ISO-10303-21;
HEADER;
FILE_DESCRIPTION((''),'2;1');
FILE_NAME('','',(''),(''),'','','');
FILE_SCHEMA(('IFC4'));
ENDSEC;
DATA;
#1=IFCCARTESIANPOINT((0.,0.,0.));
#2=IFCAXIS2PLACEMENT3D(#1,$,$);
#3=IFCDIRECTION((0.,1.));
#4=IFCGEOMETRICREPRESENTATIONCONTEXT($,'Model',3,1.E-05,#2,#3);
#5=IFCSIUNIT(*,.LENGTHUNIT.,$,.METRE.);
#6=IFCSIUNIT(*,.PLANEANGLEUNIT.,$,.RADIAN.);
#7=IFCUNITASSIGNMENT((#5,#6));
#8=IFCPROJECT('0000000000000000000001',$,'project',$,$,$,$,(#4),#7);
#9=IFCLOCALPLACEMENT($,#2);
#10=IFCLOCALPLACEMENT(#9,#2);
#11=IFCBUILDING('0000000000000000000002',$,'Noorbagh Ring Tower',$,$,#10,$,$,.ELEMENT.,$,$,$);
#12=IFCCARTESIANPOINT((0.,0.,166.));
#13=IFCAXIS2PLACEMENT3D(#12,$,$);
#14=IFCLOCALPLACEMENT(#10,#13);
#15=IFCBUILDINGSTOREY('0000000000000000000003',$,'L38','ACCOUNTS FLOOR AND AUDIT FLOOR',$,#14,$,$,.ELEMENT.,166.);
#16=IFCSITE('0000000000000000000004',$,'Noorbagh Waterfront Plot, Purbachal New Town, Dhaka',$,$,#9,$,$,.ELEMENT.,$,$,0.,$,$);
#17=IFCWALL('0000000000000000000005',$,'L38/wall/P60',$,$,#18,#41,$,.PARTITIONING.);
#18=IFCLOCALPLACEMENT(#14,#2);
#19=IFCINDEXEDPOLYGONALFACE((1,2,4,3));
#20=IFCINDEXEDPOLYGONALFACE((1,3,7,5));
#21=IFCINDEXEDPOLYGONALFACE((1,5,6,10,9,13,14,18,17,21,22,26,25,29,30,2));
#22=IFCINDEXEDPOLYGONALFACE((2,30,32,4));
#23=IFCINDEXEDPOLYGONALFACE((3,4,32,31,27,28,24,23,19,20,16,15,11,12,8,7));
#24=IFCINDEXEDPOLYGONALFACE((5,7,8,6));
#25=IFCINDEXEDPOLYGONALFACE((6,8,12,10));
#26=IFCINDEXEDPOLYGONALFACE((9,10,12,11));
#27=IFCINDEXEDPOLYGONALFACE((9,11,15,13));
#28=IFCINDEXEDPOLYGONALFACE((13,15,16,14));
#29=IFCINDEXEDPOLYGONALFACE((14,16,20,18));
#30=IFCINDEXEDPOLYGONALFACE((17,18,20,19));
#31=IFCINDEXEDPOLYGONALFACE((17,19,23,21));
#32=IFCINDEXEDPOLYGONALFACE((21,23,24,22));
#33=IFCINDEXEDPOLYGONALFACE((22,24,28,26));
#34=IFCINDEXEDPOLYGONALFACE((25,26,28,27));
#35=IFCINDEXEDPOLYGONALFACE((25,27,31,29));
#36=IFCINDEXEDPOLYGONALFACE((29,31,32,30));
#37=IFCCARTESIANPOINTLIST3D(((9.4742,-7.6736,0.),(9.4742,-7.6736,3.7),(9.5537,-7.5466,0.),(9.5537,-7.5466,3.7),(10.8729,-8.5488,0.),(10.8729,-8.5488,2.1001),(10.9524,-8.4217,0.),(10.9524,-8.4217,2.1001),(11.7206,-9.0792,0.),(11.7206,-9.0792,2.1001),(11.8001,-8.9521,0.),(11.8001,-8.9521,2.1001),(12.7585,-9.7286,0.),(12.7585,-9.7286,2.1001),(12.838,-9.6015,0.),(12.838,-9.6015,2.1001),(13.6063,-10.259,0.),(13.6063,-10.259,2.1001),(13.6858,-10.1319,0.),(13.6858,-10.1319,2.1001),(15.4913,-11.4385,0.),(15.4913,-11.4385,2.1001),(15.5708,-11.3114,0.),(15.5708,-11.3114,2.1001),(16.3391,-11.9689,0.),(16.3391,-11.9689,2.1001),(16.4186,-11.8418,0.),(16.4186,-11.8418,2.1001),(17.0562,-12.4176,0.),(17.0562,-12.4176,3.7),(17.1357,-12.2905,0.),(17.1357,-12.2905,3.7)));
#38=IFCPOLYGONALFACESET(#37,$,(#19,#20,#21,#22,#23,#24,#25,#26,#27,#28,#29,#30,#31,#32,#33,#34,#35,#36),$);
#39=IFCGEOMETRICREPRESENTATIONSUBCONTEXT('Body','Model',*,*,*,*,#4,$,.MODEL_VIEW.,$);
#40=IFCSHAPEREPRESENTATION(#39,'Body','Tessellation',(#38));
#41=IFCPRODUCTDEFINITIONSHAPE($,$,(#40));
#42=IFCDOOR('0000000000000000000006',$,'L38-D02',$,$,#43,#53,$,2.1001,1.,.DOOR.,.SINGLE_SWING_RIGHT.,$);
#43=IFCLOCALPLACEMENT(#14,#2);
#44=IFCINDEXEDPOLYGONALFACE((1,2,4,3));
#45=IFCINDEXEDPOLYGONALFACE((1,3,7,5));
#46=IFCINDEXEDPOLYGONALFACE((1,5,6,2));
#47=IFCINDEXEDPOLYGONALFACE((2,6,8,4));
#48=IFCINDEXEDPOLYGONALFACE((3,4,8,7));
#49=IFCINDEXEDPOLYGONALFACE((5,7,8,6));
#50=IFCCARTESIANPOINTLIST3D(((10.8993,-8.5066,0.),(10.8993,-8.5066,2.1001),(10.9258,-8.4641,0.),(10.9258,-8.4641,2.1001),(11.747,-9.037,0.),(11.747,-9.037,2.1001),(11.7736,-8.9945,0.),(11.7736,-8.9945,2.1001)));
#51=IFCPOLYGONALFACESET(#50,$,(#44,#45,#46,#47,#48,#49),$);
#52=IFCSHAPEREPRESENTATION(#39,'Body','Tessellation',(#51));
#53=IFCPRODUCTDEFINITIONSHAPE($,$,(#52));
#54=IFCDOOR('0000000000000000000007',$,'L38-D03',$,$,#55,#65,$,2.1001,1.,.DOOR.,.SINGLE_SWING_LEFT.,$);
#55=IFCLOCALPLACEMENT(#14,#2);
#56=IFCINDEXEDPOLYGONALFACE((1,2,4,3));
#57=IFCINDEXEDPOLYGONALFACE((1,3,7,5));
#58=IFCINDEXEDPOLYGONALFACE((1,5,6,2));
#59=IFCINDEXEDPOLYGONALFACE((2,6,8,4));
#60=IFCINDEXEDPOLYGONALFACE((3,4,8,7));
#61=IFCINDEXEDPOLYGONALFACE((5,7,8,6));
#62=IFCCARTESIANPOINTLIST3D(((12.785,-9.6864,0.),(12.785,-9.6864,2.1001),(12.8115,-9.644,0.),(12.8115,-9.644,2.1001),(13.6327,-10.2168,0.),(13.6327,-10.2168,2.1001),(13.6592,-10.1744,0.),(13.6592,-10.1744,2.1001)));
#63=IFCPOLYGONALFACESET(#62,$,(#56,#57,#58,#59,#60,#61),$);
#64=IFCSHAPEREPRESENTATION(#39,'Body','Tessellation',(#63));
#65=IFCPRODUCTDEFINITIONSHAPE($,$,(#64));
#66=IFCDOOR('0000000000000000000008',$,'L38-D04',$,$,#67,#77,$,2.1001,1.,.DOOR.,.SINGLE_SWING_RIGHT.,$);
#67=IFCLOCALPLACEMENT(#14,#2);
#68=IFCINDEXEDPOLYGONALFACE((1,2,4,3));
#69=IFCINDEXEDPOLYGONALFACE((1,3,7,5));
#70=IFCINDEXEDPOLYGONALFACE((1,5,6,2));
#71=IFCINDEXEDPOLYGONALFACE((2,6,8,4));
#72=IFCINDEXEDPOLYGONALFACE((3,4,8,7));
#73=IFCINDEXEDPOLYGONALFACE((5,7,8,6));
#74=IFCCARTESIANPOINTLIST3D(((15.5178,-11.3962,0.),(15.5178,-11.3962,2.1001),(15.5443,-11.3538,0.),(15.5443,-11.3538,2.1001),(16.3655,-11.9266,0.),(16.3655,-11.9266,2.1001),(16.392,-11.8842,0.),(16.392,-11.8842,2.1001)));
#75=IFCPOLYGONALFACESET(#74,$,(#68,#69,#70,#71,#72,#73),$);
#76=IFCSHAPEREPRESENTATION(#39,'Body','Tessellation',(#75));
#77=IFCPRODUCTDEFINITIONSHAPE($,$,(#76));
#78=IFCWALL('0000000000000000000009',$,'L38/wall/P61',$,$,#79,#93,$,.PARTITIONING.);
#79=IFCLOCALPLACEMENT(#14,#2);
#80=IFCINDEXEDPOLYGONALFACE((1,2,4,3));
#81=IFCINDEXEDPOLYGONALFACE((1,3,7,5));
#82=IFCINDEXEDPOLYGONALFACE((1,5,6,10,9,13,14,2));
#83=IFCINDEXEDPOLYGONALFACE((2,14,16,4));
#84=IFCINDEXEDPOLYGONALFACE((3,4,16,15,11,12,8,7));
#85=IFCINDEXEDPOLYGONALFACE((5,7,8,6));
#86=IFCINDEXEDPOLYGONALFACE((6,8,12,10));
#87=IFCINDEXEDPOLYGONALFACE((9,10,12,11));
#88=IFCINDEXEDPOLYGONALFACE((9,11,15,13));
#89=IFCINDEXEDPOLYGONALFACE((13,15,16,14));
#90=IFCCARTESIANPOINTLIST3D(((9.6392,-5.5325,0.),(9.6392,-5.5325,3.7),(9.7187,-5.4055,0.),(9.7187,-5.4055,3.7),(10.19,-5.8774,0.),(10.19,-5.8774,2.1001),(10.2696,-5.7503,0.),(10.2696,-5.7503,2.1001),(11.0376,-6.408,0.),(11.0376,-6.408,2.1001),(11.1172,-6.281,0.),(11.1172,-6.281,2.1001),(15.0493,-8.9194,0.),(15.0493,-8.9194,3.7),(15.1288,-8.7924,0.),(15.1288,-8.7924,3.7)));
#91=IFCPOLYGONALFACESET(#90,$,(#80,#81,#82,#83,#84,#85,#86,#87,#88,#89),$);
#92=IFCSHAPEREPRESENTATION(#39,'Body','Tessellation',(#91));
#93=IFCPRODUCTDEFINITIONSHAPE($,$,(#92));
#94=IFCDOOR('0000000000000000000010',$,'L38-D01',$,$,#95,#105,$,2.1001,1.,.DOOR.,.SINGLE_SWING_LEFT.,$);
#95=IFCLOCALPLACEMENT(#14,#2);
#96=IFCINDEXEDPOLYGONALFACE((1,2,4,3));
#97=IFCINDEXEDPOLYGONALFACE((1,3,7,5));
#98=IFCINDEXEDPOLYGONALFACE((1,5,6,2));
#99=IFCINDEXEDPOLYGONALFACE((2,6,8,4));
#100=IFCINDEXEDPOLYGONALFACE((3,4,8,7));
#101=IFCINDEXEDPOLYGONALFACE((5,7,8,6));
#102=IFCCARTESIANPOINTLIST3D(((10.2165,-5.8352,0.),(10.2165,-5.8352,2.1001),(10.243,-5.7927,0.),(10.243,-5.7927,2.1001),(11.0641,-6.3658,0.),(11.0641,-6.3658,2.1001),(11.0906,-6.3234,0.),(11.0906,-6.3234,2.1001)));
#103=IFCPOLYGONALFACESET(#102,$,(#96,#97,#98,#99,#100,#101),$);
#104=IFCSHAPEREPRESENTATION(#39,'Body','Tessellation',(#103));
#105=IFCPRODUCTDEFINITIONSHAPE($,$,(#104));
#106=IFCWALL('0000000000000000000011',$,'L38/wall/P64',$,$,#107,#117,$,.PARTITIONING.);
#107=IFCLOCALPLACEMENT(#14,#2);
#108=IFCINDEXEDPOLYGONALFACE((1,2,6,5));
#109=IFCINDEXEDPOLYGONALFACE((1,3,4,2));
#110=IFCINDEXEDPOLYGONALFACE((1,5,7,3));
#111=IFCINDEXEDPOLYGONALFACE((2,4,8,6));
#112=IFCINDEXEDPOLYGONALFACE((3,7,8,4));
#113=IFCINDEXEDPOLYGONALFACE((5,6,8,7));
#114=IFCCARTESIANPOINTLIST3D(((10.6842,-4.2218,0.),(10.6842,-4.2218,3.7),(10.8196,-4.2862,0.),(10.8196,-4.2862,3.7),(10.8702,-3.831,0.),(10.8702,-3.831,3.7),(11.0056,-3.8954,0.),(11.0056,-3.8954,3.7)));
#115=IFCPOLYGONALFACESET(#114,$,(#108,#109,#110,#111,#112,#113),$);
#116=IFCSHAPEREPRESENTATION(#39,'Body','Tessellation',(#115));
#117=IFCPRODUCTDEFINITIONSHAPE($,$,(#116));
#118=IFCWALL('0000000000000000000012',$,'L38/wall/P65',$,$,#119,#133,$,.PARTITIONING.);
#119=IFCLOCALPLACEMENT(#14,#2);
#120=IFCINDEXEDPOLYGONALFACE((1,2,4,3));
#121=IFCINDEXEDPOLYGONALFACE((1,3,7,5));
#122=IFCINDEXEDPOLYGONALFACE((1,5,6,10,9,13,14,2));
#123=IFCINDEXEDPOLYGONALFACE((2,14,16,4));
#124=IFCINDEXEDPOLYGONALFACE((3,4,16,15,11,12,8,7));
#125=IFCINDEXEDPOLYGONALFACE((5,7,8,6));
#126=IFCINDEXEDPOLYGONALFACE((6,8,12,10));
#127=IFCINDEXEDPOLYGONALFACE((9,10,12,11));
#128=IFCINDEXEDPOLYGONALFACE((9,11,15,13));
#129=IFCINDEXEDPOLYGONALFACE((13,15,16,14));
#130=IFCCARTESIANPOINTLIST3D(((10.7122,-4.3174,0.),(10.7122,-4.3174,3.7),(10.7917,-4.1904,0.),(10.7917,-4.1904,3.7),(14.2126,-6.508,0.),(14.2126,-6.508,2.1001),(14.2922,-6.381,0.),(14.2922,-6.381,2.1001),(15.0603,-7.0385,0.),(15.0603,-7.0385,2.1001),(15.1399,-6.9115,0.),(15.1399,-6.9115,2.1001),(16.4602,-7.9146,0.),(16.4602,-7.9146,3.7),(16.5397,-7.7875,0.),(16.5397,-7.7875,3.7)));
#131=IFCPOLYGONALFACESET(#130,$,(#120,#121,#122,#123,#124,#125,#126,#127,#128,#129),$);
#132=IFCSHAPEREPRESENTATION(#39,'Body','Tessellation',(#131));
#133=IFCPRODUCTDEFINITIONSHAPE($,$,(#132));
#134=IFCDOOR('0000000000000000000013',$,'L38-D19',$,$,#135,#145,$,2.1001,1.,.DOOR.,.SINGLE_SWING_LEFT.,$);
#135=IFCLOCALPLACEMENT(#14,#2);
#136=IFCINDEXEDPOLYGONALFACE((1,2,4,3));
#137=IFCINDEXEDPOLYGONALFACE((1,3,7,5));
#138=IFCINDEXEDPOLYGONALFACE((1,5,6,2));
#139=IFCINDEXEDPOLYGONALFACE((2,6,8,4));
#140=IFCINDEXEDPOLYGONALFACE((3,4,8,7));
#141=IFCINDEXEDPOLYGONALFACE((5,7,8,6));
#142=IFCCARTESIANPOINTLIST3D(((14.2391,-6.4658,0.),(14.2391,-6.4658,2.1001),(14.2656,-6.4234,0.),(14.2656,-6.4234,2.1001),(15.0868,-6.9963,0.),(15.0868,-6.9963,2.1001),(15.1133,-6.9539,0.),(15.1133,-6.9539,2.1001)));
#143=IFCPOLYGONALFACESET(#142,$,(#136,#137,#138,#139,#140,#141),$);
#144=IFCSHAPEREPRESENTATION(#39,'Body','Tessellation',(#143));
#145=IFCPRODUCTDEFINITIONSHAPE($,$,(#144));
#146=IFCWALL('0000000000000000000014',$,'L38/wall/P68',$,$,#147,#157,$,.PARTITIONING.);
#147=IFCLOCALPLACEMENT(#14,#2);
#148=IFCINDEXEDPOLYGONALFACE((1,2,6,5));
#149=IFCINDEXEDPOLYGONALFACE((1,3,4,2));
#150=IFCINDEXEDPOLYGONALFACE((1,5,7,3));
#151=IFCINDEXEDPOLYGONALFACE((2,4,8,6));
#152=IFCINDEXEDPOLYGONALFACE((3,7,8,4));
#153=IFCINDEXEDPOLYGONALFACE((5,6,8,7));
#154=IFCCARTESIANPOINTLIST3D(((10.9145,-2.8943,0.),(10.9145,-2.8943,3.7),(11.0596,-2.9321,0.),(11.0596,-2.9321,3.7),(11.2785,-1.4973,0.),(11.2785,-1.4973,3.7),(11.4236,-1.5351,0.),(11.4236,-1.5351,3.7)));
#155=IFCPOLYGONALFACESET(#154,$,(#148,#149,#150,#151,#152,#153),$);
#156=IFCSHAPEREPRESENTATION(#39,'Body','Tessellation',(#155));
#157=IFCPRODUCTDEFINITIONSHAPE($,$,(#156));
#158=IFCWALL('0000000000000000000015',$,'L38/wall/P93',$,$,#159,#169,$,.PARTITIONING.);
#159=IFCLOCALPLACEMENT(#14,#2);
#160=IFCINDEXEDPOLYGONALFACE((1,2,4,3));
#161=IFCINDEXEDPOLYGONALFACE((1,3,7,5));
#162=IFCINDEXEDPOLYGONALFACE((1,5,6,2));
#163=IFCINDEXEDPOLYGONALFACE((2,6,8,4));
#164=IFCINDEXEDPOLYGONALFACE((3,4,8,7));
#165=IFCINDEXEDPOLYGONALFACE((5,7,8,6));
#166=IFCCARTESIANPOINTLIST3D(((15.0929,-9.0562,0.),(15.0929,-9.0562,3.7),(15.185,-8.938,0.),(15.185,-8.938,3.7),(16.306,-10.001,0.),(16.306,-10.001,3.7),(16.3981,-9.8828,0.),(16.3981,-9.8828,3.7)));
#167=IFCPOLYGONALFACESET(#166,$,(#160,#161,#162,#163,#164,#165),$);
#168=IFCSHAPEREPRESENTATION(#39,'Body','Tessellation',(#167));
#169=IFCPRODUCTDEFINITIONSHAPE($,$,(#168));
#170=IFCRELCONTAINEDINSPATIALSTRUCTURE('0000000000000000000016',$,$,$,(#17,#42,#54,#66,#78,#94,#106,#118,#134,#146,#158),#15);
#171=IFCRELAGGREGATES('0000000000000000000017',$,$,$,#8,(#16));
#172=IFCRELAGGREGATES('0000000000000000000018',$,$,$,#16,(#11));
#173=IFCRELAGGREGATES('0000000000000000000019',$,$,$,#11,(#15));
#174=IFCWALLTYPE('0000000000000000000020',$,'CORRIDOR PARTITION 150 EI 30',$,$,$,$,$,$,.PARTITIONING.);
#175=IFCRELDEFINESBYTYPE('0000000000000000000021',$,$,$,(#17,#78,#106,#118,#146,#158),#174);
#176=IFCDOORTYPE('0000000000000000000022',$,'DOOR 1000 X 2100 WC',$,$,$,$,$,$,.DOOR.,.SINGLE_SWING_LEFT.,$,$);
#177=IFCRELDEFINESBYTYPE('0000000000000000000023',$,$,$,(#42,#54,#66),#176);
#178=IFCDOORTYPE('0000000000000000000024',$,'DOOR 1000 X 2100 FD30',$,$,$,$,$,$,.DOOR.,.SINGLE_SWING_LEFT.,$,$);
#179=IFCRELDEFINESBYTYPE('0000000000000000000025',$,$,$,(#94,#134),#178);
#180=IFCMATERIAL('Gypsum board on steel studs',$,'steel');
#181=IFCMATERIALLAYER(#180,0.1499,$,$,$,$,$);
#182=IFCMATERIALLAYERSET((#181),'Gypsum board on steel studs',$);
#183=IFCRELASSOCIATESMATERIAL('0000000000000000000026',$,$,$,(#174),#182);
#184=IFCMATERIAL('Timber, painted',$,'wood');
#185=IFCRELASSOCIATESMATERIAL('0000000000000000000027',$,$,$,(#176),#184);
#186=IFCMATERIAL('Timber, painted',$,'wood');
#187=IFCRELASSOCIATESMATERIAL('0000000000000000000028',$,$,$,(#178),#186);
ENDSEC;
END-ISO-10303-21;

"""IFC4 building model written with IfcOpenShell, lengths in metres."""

from ifc_helpers import new_model, si_unit, direction, frame, frame_2d, origin, place, context, subcontext, project, spatial, rectangle, extrude, material, layer, layer_set, type_object, element, fill, save


model = new_model("IFC4")

# Units and contexts
model_context = context("Model", 3, precision=1e-05, world=origin(), true_north=direction((0.0, 1.0)))
body_context = subcontext(model_context, "Body", "Model", "MODEL_VIEW")
ifc_project = project(units=[si_unit("LENGTHUNIT", "METRE"), si_unit("PLANEANGLEUNIT", "RADIAN")], contexts=[model_context])

# Site, building, storey
site_placement = place(None, origin())
site = spatial("IfcSite", under=ifc_project, at=site_placement, Name="Noorbagh Waterfront Plot, Purbachal New Town, Dhaka", CompositionType="ELEMENT", RefElevation=0.0)
building_placement = place(site_placement, origin())
building = spatial("IfcBuilding", under=site, at=building_placement, Name="Noorbagh Ring Tower", CompositionType="ELEMENT")
storey_placement = place(building_placement, frame((0.0, 0.0, 166.0)))
storey = spatial("IfcBuildingStorey", under=building, at=storey_placement, Name="L38", Description="ACCOUNTS FLOOR AND AUDIT FLOOR", CompositionType="ELEMENT", Elevation=166.0)

# Shared definitions
ifc_material_1 = material(Name="Gypsum board on steel studs", Category="steel")
ifc_layer_1 = layer(ifc_material_1, 0.1499)
ifc_layer_set_1 = layer_set([ifc_layer_1], Name="Gypsum board on steel studs")
wall_type_1 = type_object("IfcWallType", Name="CORRIDOR PARTITION 150 EI 30", PredefinedType="PARTITIONING", material=ifc_layer_set_1)

# Wall, openings, doors
wall_1_placement = place(storey_placement, frame((9.5139, -7.6101, 0.0), z_axis=(0.0, 0.0, 1.0), x_axis=(0.847741, -0.530411, 0.0)))
wall_1 = element("IfcWall", 1, at=wall_1_placement, inside=storey, type_object=wall_type_1, Name="L38/wall/P60", PredefinedType="PARTITIONING", context=body_context, shape_type="SweptSolid", body=[
    extrude(rectangle(XDim=8.9438, YDim=0.1499, at=frame_2d((4.4719, 0.0))), origin(), (0.0, 0.0, 1.0), 3.7),
])
opening_1_placement = place(wall_1_placement, frame((1.6499, 0.0, 0.0)))
opening_1 = element("IfcOpeningElement", 2, at=opening_1_placement, cuts=wall_1, PredefinedType="OPENING", context=body_context, shape_type="SweptSolid", body=[
    extrude(rectangle(XDim=1.0, YDim=2.1001, at=frame_2d((0.5, 1.05))), frame((0.0, 0.085, 0.0), z_axis=(0.0, -1.0, 0.0), x_axis=(1.0, 0.0, 0.0)), (0.0, 0.0, 1.0), 0.1699),
])
opening_2_placement = place(wall_1_placement, frame((3.8743, 0.0, 0.0)))
opening_2 = element("IfcOpeningElement", 3, at=opening_2_placement, cuts=wall_1, PredefinedType="OPENING", context=body_context, shape_type="SweptSolid", body=[
    extrude(rectangle(XDim=1.0, YDim=2.1001, at=frame_2d((0.5, 1.05))), frame((0.0, 0.085, 0.0), z_axis=(0.0, -1.0, 0.0), x_axis=(1.0, 0.0, 0.0)), (0.0, 0.0, 1.0), 0.1699),
])
opening_3_placement = place(wall_1_placement, frame((7.0979, 0.0, 0.0)))
opening_3 = element("IfcOpeningElement", 4, at=opening_3_placement, cuts=wall_1, PredefinedType="OPENING", context=body_context, shape_type="SweptSolid", body=[
    extrude(rectangle(XDim=1.0, YDim=2.1001, at=frame_2d((0.5, 1.05))), frame((0.0, 0.085, 0.0), z_axis=(0.0, -1.0, 0.0), x_axis=(1.0, 0.0, 0.0)), (0.0, 0.0, 1.0), 0.1699),
])
ifc_material_2 = material(Name="Timber, painted", Category="wood")
door_type_1 = type_object("IfcDoorType", Name="DOOR 1000 X 2100 WC", OperationType="SINGLE_SWING_LEFT", PredefinedType="DOOR", material=ifc_material_2)
door_1_placement = place(opening_1_placement, origin())
door_1 = element("IfcDoor", 5, at=door_1_placement, inside=storey, type_object=door_type_1, Name="L38-D02", OperationType="SINGLE_SWING_RIGHT", OverallHeight=2.1001, OverallWidth=1.0, PredefinedType="DOOR", context=body_context, shape_type="SweptSolid", body=[
    extrude(rectangle(XDim=1.0, YDim=2.1001, at=frame_2d((0.5, 1.05))), frame((0.0, 0.0249, 0.0), z_axis=(0.0, -1.0, 0.0), x_axis=(1.0, 0.0, 0.0)), (0.0, 0.0, 1.0), 0.05),
])
fill(opening_1, door_1)
door_2_placement = place(opening_2_placement, origin())
door_2 = element("IfcDoor", 6, at=door_2_placement, inside=storey, type_object=door_type_1, Name="L38-D03", OperationType="SINGLE_SWING_LEFT", OverallHeight=2.1001, OverallWidth=1.0, PredefinedType="DOOR", context=body_context, shape_type="SweptSolid", body=[
    extrude(rectangle(XDim=1.0, YDim=2.1001, at=frame_2d((0.5, 1.05))), frame((0.0, 0.0249, 0.0), z_axis=(0.0, -1.0, 0.0), x_axis=(1.0, 0.0, 0.0)), (0.0, 0.0, 1.0), 0.05),
])
fill(opening_2, door_2)
door_3_placement = place(opening_3_placement, origin())
door_3 = element("IfcDoor", 7, at=door_3_placement, inside=storey, type_object=door_type_1, Name="L38-D04", OperationType="SINGLE_SWING_RIGHT", OverallHeight=2.1001, OverallWidth=1.0, PredefinedType="DOOR", context=body_context, shape_type="SweptSolid", body=[
    extrude(rectangle(XDim=1.0, YDim=2.1001, at=frame_2d((0.5, 1.05))), frame((0.0, 0.0249, 0.0), z_axis=(0.0, -1.0, 0.0), x_axis=(1.0, 0.0, 0.0)), (0.0, 0.0, 1.0), 0.05),
])
fill(opening_3, door_3)

# Wall, opening, door
wall_2_placement = place(storey_placement, frame((9.679, -5.469, 0.0), z_axis=(0.0, 0.0, 1.0), x_axis=(0.847603, -0.530631, 0.0)))
wall_2 = element("IfcWall", 8, at=wall_2_placement, inside=storey, type_object=wall_type_1, Name="L38/wall/P61", PredefinedType="PARTITIONING", context=body_context, shape_type="SweptSolid", body=[
    extrude(rectangle(XDim=6.3828, YDim=0.1499, at=frame_2d((3.1914, 0.0))), origin(), (0.0, 0.0, 1.0), 3.7),
])
opening_4_placement = place(wall_2_placement, frame((0.6499, 0.0, 0.0)))
opening_4 = element("IfcOpeningElement", 9, at=opening_4_placement, cuts=wall_2, PredefinedType="OPENING", context=body_context, shape_type="SweptSolid", body=[
    extrude(rectangle(XDim=1.0, YDim=2.1001, at=frame_2d((0.5, 1.05))), frame((0.0, 0.085, 0.0), z_axis=(0.0, -1.0, 0.0), x_axis=(1.0, 0.0, 0.0)), (0.0, 0.0, 1.0), 0.1699),
])
ifc_material_3 = material(Name="Timber, painted", Category="wood")
door_type_2 = type_object("IfcDoorType", Name="DOOR 1000 X 2100 FD30", OperationType="SINGLE_SWING_LEFT", PredefinedType="DOOR", material=ifc_material_3)
door_4_placement = place(opening_4_placement, origin())
door_4 = element("IfcDoor", 10, at=door_4_placement, inside=storey, type_object=door_type_2, Name="L38-D01", OperationType="SINGLE_SWING_LEFT", OverallHeight=2.1001, OverallWidth=1.0, PredefinedType="DOOR", context=body_context, shape_type="SweptSolid", body=[
    extrude(rectangle(XDim=1.0, YDim=2.1001, at=frame_2d((0.5, 1.05))), frame((0.0, 0.0249, 0.0), z_axis=(0.0, -1.0, 0.0), x_axis=(1.0, 0.0, 0.0)), (0.0, 0.0, 1.0), 0.05),
])
fill(opening_4, door_4)

# Wall
wall_3_placement = place(storey_placement, frame((10.752, -4.2539, 0.0), z_axis=(0.0, 0.0, 1.0), x_axis=(0.429758, 0.902944, 0.0)))
element("IfcWall", 11, at=wall_3_placement, inside=storey, type_object=wall_type_1, Name="L38/wall/P64", PredefinedType="PARTITIONING", context=body_context, shape_type="SweptSolid", body=[
    extrude(rectangle(XDim=0.4329, YDim=0.1499, at=frame_2d((0.2163, 0.0))), origin(), (0.0, 0.0, 1.0), 3.7),
])

# Wall, opening, door
wall_4_placement = place(storey_placement, frame((10.752, -4.2539, 0.0), z_axis=(0.0, 0.0, 1.0), x_axis=(0.847691, -0.530491, 0.0)))
wall_4 = element("IfcWall", 12, at=wall_4_placement, inside=storey, type_object=wall_type_1, Name="L38/wall/P65", PredefinedType="PARTITIONING", context=body_context, shape_type="SweptSolid", body=[
    extrude(rectangle(XDim=6.7808, YDim=0.1499, at=frame_2d((3.3904, 0.0))), origin(), (0.0, 0.0, 1.0), 3.7),
])
opening_5_placement = place(wall_4_placement, frame((4.1294, 0.0, 0.0)))
opening_5 = element("IfcOpeningElement", 13, at=opening_5_placement, cuts=wall_4, PredefinedType="OPENING", context=body_context, shape_type="SweptSolid", body=[
    extrude(rectangle(XDim=1.0, YDim=2.1001, at=frame_2d((0.5, 1.05))), frame((0.0, 0.085, 0.0), z_axis=(0.0, -1.0, 0.0), x_axis=(1.0, 0.0, 0.0)), (0.0, 0.0, 1.0), 0.1699),
])
door_5_placement = place(opening_5_placement, origin())
door_5 = element("IfcDoor", 14, at=door_5_placement, inside=storey, type_object=door_type_2, Name="L38-D19", OperationType="SINGLE_SWING_LEFT", OverallHeight=2.1001, OverallWidth=1.0, PredefinedType="DOOR", context=body_context, shape_type="SweptSolid", body=[
    extrude(rectangle(XDim=1.0, YDim=2.1001, at=frame_2d((0.5, 1.05))), frame((0.0, 0.0249, 0.0), z_axis=(0.0, -1.0, 0.0), x_axis=(1.0, 0.0, 0.0)), (0.0, 0.0, 1.0), 0.05),
])
fill(opening_5, door_5)

# Walls
wall_5_placement = place(storey_placement, frame((10.9871, -2.9131, 0.0), z_axis=(0.0, 0.0, 1.0), x_axis=(0.252153, 0.967687, 0.0)))
element("IfcWall", 15, at=wall_5_placement, inside=storey, type_object=wall_type_1, Name="L38/wall/P68", PredefinedType="PARTITIONING", context=body_context, shape_type="SweptSolid", body=[
    extrude(rectangle(XDim=1.4436, YDim=0.1499, at=frame_2d((0.7217, 0.0))), origin(), (0.0, 0.0, 1.0), 3.7),
])
wall_6_placement = place(storey_placement, frame((16.3521, -9.9419, 0.0), z_axis=(0.0, 0.0, 1.0), x_axis=(-0.78895, 0.614457, 0.0)))
element("IfcWall", 16, at=wall_6_placement, inside=storey, type_object=wall_type_1, Name="L38/wall/P93", PredefinedType="PARTITIONING", context=body_context, shape_type="SweptSolid", body=[
    extrude(rectangle(XDim=1.5376, YDim=0.1499, at=frame_2d((0.7688, 0.0))), origin(), (0.0, 0.0, 1.0), 3.7),
])

save(model, "model.ifc")
